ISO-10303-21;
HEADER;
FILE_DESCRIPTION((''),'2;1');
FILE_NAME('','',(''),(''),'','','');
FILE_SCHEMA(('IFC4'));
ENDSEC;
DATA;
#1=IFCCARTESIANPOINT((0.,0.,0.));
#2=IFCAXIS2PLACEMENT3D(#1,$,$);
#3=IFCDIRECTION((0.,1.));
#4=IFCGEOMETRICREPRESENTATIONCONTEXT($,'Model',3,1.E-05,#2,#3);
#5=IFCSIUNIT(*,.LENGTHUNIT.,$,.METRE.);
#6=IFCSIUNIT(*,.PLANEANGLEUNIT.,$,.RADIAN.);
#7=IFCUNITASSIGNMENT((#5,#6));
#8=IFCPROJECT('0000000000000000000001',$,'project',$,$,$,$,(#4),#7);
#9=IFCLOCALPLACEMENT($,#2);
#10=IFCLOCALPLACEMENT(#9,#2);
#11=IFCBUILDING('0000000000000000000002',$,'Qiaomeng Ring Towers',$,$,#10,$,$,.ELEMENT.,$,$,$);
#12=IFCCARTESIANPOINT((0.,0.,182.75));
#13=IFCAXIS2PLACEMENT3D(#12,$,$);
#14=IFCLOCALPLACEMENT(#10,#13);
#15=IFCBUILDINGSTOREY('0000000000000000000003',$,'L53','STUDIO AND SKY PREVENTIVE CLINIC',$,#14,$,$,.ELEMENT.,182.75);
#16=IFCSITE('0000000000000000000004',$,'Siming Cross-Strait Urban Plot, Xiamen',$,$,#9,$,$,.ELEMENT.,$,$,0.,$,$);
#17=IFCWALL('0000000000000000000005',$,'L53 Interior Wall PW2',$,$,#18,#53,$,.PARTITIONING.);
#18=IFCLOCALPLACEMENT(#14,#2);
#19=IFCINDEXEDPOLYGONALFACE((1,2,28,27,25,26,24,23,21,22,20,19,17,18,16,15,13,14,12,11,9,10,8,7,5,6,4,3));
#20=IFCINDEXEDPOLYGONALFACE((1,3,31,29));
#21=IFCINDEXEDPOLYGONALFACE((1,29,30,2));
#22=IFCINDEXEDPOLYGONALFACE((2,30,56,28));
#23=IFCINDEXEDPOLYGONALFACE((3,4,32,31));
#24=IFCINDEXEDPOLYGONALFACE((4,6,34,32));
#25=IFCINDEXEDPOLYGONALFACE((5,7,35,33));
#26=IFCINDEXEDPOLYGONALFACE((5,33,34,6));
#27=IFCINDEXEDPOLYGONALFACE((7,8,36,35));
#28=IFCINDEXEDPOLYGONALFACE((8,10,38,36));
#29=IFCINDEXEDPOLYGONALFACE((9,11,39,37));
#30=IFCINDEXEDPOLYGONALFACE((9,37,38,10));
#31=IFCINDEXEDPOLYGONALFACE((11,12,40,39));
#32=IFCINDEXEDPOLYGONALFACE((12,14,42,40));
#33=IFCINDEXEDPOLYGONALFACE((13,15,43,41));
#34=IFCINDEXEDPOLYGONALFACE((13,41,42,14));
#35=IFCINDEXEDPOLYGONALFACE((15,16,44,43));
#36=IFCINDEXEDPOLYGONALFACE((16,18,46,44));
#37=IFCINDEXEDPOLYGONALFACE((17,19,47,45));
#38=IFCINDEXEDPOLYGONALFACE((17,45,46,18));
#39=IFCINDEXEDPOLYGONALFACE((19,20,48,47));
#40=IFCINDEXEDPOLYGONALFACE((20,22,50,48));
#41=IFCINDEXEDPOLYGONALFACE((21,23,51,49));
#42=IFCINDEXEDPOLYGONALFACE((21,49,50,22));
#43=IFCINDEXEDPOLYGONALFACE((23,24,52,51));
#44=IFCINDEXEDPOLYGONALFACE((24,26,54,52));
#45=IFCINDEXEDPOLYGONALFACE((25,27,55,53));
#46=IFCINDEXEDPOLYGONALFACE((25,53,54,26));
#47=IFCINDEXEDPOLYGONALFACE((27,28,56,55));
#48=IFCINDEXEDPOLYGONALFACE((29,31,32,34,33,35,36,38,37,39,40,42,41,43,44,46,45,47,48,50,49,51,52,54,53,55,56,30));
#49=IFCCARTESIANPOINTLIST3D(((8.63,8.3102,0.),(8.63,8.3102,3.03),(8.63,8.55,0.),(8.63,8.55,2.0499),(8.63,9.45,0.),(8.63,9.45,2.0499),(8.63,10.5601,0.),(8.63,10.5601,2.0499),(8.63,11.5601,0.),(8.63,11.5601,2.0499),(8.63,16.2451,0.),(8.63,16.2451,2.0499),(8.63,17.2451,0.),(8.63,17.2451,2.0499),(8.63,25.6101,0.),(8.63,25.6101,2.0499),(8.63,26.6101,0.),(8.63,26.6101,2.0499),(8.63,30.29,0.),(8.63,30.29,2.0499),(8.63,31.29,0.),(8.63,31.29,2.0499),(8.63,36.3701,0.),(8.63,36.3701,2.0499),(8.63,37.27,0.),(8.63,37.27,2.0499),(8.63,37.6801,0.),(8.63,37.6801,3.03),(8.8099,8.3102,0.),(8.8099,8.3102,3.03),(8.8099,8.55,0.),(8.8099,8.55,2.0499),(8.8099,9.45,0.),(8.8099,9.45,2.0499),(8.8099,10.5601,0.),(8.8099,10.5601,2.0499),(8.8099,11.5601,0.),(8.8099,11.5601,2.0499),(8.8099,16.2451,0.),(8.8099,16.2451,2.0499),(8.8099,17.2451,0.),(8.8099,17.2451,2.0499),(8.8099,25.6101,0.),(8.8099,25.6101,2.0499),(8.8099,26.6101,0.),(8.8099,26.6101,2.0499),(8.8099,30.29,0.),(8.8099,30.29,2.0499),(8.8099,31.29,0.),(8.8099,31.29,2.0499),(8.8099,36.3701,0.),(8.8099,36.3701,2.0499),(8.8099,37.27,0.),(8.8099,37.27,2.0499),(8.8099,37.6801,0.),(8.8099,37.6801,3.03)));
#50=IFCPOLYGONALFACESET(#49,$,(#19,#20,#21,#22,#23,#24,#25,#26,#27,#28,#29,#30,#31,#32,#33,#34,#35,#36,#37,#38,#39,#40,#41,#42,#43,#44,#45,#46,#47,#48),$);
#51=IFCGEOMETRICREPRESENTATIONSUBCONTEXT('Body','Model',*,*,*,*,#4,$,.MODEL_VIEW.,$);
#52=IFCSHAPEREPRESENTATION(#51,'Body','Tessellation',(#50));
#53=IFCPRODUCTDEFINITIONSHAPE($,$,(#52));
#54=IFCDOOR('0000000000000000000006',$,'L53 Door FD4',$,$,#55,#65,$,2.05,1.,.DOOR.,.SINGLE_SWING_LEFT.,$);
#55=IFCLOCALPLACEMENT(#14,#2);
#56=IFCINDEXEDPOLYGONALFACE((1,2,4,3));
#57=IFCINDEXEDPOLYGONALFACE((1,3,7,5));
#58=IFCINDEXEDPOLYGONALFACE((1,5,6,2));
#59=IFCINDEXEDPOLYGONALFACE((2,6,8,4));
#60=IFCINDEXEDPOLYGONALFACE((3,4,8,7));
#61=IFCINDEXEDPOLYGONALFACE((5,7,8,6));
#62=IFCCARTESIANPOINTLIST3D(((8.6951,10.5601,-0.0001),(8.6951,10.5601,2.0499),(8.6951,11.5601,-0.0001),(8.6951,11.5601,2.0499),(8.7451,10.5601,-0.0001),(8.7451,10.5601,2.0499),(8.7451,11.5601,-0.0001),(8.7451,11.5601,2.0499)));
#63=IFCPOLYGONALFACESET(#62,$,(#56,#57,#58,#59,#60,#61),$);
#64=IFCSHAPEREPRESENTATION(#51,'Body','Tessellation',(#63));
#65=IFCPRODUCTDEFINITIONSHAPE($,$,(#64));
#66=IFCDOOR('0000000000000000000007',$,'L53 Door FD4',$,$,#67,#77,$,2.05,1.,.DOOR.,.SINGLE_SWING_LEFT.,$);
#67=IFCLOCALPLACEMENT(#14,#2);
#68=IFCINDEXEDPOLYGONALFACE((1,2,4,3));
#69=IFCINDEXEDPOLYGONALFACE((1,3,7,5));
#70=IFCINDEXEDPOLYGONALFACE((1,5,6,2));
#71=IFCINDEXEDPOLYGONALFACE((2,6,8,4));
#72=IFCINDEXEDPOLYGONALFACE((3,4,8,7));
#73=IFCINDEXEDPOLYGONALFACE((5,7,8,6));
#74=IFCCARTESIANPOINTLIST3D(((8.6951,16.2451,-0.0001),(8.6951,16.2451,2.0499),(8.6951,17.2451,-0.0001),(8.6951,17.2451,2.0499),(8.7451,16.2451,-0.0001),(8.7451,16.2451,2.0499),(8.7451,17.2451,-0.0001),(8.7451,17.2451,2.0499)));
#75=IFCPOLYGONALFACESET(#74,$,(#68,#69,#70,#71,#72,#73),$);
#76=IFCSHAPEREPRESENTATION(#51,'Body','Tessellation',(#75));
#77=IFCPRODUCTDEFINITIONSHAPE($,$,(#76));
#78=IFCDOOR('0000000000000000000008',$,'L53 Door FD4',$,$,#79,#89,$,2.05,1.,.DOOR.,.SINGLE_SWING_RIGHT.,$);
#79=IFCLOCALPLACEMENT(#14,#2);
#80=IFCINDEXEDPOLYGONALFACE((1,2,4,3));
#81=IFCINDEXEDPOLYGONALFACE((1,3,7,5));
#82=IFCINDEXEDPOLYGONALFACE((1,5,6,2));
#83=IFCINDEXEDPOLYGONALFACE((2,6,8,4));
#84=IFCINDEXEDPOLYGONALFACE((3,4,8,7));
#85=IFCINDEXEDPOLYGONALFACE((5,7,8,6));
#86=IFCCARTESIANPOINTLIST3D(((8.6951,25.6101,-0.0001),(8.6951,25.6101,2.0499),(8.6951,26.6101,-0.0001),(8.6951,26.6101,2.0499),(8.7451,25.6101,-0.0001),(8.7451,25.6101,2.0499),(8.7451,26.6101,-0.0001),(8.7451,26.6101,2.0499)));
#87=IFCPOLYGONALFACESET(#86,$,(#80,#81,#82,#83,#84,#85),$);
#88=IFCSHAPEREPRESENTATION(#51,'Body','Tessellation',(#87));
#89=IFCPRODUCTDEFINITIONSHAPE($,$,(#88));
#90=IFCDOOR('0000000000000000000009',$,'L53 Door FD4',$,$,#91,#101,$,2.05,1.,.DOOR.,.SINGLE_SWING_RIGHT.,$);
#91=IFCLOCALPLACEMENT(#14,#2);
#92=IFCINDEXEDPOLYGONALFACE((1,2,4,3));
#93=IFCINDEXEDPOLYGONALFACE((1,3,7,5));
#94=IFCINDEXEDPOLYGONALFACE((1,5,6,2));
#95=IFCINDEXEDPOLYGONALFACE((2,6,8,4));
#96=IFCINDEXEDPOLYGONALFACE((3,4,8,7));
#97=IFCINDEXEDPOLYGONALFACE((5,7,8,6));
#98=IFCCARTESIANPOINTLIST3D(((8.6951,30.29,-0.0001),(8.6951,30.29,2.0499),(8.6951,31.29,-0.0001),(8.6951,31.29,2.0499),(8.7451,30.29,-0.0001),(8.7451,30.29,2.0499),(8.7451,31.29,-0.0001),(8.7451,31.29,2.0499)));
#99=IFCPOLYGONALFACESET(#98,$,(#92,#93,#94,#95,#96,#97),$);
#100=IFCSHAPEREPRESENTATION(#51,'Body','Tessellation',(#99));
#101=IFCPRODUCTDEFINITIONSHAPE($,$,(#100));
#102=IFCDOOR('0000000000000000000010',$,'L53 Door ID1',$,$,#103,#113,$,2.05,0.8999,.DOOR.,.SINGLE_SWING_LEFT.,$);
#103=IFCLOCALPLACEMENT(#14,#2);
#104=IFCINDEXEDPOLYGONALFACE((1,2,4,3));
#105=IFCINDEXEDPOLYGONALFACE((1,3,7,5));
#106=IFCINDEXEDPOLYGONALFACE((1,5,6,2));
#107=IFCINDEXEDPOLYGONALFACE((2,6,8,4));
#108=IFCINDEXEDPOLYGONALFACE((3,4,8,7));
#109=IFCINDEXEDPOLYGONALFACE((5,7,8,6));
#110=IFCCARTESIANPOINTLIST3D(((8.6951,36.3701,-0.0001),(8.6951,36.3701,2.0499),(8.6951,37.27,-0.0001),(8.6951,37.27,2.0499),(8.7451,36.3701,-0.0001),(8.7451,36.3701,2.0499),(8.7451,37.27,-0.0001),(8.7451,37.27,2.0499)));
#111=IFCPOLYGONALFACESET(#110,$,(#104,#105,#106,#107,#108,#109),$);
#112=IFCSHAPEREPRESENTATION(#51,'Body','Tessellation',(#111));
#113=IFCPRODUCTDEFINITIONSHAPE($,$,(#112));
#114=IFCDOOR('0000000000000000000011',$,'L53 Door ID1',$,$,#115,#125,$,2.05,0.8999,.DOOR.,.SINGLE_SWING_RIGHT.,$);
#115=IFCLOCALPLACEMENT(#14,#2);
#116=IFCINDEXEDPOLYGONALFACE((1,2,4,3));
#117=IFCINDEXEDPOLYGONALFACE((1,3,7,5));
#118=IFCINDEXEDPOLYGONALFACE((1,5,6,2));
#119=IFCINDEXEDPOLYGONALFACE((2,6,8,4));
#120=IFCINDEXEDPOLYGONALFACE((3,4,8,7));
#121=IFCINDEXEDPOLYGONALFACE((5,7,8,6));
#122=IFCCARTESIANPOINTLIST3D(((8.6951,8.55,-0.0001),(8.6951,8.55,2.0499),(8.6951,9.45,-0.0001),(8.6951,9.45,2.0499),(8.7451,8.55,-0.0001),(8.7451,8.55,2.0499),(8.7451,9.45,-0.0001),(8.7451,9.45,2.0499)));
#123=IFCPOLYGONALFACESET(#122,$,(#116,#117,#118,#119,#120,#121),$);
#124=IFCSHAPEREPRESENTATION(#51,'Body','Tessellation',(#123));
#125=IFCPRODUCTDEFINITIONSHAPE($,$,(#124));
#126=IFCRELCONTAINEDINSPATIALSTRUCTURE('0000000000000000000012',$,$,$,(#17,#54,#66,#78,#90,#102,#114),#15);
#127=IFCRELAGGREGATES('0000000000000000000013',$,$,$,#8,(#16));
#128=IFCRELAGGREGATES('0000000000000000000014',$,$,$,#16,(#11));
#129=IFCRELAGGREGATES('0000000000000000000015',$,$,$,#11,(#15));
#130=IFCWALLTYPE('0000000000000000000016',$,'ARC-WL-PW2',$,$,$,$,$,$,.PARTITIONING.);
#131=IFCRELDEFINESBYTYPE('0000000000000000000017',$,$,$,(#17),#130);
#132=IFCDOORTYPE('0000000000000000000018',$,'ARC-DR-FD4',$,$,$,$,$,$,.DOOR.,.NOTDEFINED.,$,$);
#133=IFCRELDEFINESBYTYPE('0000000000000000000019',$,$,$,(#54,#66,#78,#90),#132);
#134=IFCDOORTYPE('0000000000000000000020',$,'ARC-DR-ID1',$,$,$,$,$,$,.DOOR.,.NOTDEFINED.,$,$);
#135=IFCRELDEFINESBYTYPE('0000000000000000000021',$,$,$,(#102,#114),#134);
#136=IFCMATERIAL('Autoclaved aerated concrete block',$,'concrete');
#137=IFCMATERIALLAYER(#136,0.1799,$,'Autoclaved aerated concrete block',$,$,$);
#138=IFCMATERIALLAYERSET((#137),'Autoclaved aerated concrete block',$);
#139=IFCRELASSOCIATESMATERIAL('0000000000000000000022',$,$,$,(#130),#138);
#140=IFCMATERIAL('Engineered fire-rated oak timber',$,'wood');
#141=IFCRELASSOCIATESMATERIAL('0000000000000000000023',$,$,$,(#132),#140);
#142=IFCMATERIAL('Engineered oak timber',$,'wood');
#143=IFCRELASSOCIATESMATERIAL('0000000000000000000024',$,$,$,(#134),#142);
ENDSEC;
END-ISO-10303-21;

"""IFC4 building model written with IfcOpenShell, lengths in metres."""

from ifc_helpers import new_model, si_unit, direction, frame, frame_2d, origin, place, context, subcontext, project, spatial, rectangle, extrude, source, transform, mapped, material, layer, layer_set, type_object, element, fill, save


model = new_model("IFC4")

# Units and contexts
model_context = context("Model", 3, precision=1e-05, world=origin(), true_north=direction((0.0, 1.0)))
body_context = subcontext(model_context, "Body", "Model", "MODEL_VIEW")
ifc_project = project(units=[si_unit("LENGTHUNIT", "METRE"), si_unit("PLANEANGLEUNIT", "RADIAN")], contexts=[model_context])

# Site, building, storey
site_placement = place(None, origin())
site = spatial("IfcSite", under=ifc_project, at=site_placement, Name="Siming Cross-Strait Urban Plot, Xiamen", CompositionType="ELEMENT", RefElevation=0.0)
building_placement = place(site_placement, origin())
building = spatial("IfcBuilding", under=site, at=building_placement, Name="Qiaomeng Ring Towers", CompositionType="ELEMENT")
storey_placement = place(building_placement, frame((0.0, 0.0, 182.75)))
storey = spatial("IfcBuildingStorey", under=building, at=storey_placement, Name="L53", Description="STUDIO AND SKY PREVENTIVE CLINIC", CompositionType="ELEMENT", Elevation=182.75)

# Wall, openings, doors
ifc_material_1 = material(Name="Autoclaved aerated concrete block", Category="concrete")
ifc_layer_1 = layer(ifc_material_1, 0.1799, Name="Autoclaved aerated concrete block")
ifc_layer_set_1 = layer_set([ifc_layer_1], Name="Autoclaved aerated concrete block")
wall_type_1 = type_object("IfcWallType", Name="ARC-WL-PW2", PredefinedType="PARTITIONING", material=ifc_layer_set_1)
ifc_material_2 = material(Name="Engineered fire-rated oak timber", Category="wood")
door_type_1 = type_object("IfcDoorType", Name="ARC-DR-FD4", OperationType="NOTDEFINED", PredefinedType="DOOR", material=ifc_material_2)
shared_shape_1 = source(origin(), body_context, "Body", "SweptSolid", [
    extrude(rectangle(XDim=1.0, YDim=2.05, at=frame_2d((0.5, 1.0249))), frame((0.0, 0.0249, 0.0), z_axis=(0.0, -1.0, 0.0), x_axis=(1.0, 0.0, 0.0)), (0.0, 0.0, 1.0), 0.05),
])
wall_1_placement = place(storey_placement, frame((8.72, 8.3101, 0.0), z_axis=(0.0, 0.0, 1.0), x_axis=(0.0, 1.0, 0.0)))
wall_1 = element("IfcWall", 1, at=wall_1_placement, inside=storey, type_object=wall_type_1, Name="L53 Interior Wall PW2", PredefinedType="PARTITIONING", context=body_context, shape_type="SweptSolid", body=[
    extrude(rectangle(XDim=29.3699, YDim=0.1799, at=frame_2d((14.6851, 0.0))), origin(), (0.0, 0.0, 1.0), 3.03),
])
opening_1_placement = place(wall_1_placement, frame((28.0601, 0.0, 0.0)))
opening_1 = element("IfcOpeningElement", 2, at=opening_1_placement, cuts=wall_1, PredefinedType="OPENING", context=body_context, shape_type="SweptSolid", body=[
    extrude(rectangle(XDim=0.8999, YDim=2.05, at=frame_2d((0.45, 1.0249))), frame((0.0, 0.0999, 0.0), z_axis=(0.0, -1.0, 0.0), x_axis=(1.0, 0.0, 0.0)), (0.0, 0.0, 1.0), 0.2),
])
opening_2_placement = place(wall_1_placement, frame((0.24, 0.0, 0.0)))
opening_2 = element("IfcOpeningElement", 3, at=opening_2_placement, cuts=wall_1, PredefinedType="OPENING", context=body_context, shape_type="SweptSolid", body=[
    extrude(rectangle(XDim=0.8999, YDim=2.05, at=frame_2d((0.45, 1.0249))), frame((0.0, 0.0999, 0.0), z_axis=(0.0, -1.0, 0.0), x_axis=(1.0, 0.0, 0.0)), (0.0, 0.0, 1.0), 0.2),
])
opening_3_placement = place(wall_1_placement, frame((2.25, 0.0, 0.0)))
opening_3 = element("IfcOpeningElement", 4, at=opening_3_placement, cuts=wall_1, PredefinedType="OPENING", context=body_context, shape_type="SweptSolid", body=[
    extrude(rectangle(XDim=1.0, YDim=2.05, at=frame_2d((0.5, 1.0249))), frame((0.0, 0.0999, 0.0), z_axis=(0.0, -1.0, 0.0), x_axis=(1.0, 0.0, 0.0)), (0.0, 0.0, 1.0), 0.2),
])
opening_4_placement = place(wall_1_placement, frame((7.9351, 0.0, 0.0)))
opening_4 = element("IfcOpeningElement", 5, at=opening_4_placement, cuts=wall_1, PredefinedType="OPENING", context=body_context, shape_type="SweptSolid", body=[
    extrude(rectangle(XDim=1.0, YDim=2.05, at=frame_2d((0.5, 1.0249))), frame((0.0, 0.0999, 0.0), z_axis=(0.0, -1.0, 0.0), x_axis=(1.0, 0.0, 0.0)), (0.0, 0.0, 1.0), 0.2),
])
opening_5_placement = place(wall_1_placement, frame((17.3, 0.0, 0.0)))
opening_5 = element("IfcOpeningElement", 6, at=opening_5_placement, cuts=wall_1, PredefinedType="OPENING", context=body_context, shape_type="SweptSolid", body=[
    extrude(rectangle(XDim=1.0, YDim=2.05, at=frame_2d((0.5, 1.0249))), frame((0.0, 0.0999, 0.0), z_axis=(0.0, -1.0, 0.0), x_axis=(1.0, 0.0, 0.0)), (0.0, 0.0, 1.0), 0.2),
])
opening_6_placement = place(wall_1_placement, frame((21.98, 0.0, 0.0)))
opening_6 = element("IfcOpeningElement", 7, at=opening_6_placement, cuts=wall_1, PredefinedType="OPENING", context=body_context, shape_type="SweptSolid", body=[
    extrude(rectangle(XDim=1.0, YDim=2.05, at=frame_2d((0.5, 1.0249))), frame((0.0, 0.0999, 0.0), z_axis=(0.0, -1.0, 0.0), x_axis=(1.0, 0.0, 0.0)), (0.0, 0.0, 1.0), 0.2),
])
door_1_placement = place(opening_3_placement, origin())
door_1 = element("IfcDoor", 8, at=door_1_placement, inside=storey, type_object=door_type_1, Name="L53 Door FD4", OperationType="SINGLE_SWING_LEFT", OverallHeight=2.05, OverallWidth=1.0, PredefinedType="DOOR", context=body_context, shape_type="MappedRepresentation", body=[
    mapped(shared_shape_1, transform((0.0, 0.0, 0.0), x_axis=(1.0, 0.0, 0.0), y_axis=(0.0, 1.0, 0.0), z_axis=(0.0, 0.0, 1.0), scale=1.0)),
])
fill(opening_3, door_1)
door_2_placement = place(opening_4_placement, origin())
door_2 = element("IfcDoor", 9, at=door_2_placement, inside=storey, type_object=door_type_1, Name="L53 Door FD4", OperationType="SINGLE_SWING_LEFT", OverallHeight=2.05, OverallWidth=1.0, PredefinedType="DOOR", context=body_context, shape_type="MappedRepresentation", body=[
    mapped(shared_shape_1, transform((0.0, 0.0, 0.0), x_axis=(1.0, 0.0, 0.0), y_axis=(0.0, 1.0, 0.0), z_axis=(0.0, 0.0, 1.0), scale=1.0)),
])
fill(opening_4, door_2)
door_3_placement = place(opening_5_placement, origin())
door_3 = element("IfcDoor", 10, at=door_3_placement, inside=storey, type_object=door_type_1, Name="L53 Door FD4", OperationType="SINGLE_SWING_RIGHT", OverallHeight=2.05, OverallWidth=1.0, PredefinedType="DOOR", context=body_context, shape_type="MappedRepresentation", body=[
    mapped(shared_shape_1, transform((0.0, 0.0, 0.0), x_axis=(1.0, 0.0, 0.0), y_axis=(0.0, 1.0, 0.0), z_axis=(0.0, 0.0, 1.0), scale=1.0)),
])
fill(opening_5, door_3)
door_4_placement = place(opening_6_placement, origin())
door_4 = element("IfcDoor", 11, at=door_4_placement, inside=storey, type_object=door_type_1, Name="L53 Door FD4", OperationType="SINGLE_SWING_RIGHT", OverallHeight=2.05, OverallWidth=1.0, PredefinedType="DOOR", context=body_context, shape_type="MappedRepresentation", body=[
    mapped(shared_shape_1, transform((0.0, 0.0, 0.0), x_axis=(1.0, 0.0, 0.0), y_axis=(0.0, 1.0, 0.0), z_axis=(0.0, 0.0, 1.0), scale=1.0)),
])
fill(opening_6, door_4)
ifc_material_3 = material(Name="Engineered oak timber", Category="wood")
door_type_2 = type_object("IfcDoorType", Name="ARC-DR-ID1", OperationType="NOTDEFINED", PredefinedType="DOOR", material=ifc_material_3)
shared_shape_2 = source(origin(), body_context, "Body", "SweptSolid", [
    extrude(rectangle(XDim=0.8999, YDim=2.05, at=frame_2d((0.45, 1.0249))), frame((0.0, 0.0249, 0.0), z_axis=(0.0, -1.0, 0.0), x_axis=(1.0, 0.0, 0.0)), (0.0, 0.0, 1.0), 0.05),
])
door_5_placement = place(opening_1_placement, origin())
door_5 = element("IfcDoor", 12, at=door_5_placement, inside=storey, type_object=door_type_2, Name="L53 Door ID1", OperationType="SINGLE_SWING_LEFT", OverallHeight=2.05, OverallWidth=0.8999, PredefinedType="DOOR", context=body_context, shape_type="MappedRepresentation", body=[
    mapped(shared_shape_2, transform((0.0, 0.0, 0.0), x_axis=(1.0, 0.0, 0.0), y_axis=(0.0, 1.0, 0.0), z_axis=(0.0, 0.0, 1.0), scale=1.0)),
])
fill(opening_1, door_5)
door_6_placement = place(opening_2_placement, origin())
door_6 = element("IfcDoor", 13, at=door_6_placement, inside=storey, type_object=door_type_2, Name="L53 Door ID1", OperationType="SINGLE_SWING_RIGHT", OverallHeight=2.05, OverallWidth=0.8999, PredefinedType="DOOR", context=body_context, shape_type="MappedRepresentation", body=[
    mapped(shared_shape_2, transform((0.0, 0.0, 0.0), x_axis=(1.0, 0.0, 0.0), y_axis=(0.0, 1.0, 0.0), z_axis=(0.0, 0.0, 1.0), scale=1.0)),
])
fill(opening_2, door_6)

save(model, "model.ifc")
